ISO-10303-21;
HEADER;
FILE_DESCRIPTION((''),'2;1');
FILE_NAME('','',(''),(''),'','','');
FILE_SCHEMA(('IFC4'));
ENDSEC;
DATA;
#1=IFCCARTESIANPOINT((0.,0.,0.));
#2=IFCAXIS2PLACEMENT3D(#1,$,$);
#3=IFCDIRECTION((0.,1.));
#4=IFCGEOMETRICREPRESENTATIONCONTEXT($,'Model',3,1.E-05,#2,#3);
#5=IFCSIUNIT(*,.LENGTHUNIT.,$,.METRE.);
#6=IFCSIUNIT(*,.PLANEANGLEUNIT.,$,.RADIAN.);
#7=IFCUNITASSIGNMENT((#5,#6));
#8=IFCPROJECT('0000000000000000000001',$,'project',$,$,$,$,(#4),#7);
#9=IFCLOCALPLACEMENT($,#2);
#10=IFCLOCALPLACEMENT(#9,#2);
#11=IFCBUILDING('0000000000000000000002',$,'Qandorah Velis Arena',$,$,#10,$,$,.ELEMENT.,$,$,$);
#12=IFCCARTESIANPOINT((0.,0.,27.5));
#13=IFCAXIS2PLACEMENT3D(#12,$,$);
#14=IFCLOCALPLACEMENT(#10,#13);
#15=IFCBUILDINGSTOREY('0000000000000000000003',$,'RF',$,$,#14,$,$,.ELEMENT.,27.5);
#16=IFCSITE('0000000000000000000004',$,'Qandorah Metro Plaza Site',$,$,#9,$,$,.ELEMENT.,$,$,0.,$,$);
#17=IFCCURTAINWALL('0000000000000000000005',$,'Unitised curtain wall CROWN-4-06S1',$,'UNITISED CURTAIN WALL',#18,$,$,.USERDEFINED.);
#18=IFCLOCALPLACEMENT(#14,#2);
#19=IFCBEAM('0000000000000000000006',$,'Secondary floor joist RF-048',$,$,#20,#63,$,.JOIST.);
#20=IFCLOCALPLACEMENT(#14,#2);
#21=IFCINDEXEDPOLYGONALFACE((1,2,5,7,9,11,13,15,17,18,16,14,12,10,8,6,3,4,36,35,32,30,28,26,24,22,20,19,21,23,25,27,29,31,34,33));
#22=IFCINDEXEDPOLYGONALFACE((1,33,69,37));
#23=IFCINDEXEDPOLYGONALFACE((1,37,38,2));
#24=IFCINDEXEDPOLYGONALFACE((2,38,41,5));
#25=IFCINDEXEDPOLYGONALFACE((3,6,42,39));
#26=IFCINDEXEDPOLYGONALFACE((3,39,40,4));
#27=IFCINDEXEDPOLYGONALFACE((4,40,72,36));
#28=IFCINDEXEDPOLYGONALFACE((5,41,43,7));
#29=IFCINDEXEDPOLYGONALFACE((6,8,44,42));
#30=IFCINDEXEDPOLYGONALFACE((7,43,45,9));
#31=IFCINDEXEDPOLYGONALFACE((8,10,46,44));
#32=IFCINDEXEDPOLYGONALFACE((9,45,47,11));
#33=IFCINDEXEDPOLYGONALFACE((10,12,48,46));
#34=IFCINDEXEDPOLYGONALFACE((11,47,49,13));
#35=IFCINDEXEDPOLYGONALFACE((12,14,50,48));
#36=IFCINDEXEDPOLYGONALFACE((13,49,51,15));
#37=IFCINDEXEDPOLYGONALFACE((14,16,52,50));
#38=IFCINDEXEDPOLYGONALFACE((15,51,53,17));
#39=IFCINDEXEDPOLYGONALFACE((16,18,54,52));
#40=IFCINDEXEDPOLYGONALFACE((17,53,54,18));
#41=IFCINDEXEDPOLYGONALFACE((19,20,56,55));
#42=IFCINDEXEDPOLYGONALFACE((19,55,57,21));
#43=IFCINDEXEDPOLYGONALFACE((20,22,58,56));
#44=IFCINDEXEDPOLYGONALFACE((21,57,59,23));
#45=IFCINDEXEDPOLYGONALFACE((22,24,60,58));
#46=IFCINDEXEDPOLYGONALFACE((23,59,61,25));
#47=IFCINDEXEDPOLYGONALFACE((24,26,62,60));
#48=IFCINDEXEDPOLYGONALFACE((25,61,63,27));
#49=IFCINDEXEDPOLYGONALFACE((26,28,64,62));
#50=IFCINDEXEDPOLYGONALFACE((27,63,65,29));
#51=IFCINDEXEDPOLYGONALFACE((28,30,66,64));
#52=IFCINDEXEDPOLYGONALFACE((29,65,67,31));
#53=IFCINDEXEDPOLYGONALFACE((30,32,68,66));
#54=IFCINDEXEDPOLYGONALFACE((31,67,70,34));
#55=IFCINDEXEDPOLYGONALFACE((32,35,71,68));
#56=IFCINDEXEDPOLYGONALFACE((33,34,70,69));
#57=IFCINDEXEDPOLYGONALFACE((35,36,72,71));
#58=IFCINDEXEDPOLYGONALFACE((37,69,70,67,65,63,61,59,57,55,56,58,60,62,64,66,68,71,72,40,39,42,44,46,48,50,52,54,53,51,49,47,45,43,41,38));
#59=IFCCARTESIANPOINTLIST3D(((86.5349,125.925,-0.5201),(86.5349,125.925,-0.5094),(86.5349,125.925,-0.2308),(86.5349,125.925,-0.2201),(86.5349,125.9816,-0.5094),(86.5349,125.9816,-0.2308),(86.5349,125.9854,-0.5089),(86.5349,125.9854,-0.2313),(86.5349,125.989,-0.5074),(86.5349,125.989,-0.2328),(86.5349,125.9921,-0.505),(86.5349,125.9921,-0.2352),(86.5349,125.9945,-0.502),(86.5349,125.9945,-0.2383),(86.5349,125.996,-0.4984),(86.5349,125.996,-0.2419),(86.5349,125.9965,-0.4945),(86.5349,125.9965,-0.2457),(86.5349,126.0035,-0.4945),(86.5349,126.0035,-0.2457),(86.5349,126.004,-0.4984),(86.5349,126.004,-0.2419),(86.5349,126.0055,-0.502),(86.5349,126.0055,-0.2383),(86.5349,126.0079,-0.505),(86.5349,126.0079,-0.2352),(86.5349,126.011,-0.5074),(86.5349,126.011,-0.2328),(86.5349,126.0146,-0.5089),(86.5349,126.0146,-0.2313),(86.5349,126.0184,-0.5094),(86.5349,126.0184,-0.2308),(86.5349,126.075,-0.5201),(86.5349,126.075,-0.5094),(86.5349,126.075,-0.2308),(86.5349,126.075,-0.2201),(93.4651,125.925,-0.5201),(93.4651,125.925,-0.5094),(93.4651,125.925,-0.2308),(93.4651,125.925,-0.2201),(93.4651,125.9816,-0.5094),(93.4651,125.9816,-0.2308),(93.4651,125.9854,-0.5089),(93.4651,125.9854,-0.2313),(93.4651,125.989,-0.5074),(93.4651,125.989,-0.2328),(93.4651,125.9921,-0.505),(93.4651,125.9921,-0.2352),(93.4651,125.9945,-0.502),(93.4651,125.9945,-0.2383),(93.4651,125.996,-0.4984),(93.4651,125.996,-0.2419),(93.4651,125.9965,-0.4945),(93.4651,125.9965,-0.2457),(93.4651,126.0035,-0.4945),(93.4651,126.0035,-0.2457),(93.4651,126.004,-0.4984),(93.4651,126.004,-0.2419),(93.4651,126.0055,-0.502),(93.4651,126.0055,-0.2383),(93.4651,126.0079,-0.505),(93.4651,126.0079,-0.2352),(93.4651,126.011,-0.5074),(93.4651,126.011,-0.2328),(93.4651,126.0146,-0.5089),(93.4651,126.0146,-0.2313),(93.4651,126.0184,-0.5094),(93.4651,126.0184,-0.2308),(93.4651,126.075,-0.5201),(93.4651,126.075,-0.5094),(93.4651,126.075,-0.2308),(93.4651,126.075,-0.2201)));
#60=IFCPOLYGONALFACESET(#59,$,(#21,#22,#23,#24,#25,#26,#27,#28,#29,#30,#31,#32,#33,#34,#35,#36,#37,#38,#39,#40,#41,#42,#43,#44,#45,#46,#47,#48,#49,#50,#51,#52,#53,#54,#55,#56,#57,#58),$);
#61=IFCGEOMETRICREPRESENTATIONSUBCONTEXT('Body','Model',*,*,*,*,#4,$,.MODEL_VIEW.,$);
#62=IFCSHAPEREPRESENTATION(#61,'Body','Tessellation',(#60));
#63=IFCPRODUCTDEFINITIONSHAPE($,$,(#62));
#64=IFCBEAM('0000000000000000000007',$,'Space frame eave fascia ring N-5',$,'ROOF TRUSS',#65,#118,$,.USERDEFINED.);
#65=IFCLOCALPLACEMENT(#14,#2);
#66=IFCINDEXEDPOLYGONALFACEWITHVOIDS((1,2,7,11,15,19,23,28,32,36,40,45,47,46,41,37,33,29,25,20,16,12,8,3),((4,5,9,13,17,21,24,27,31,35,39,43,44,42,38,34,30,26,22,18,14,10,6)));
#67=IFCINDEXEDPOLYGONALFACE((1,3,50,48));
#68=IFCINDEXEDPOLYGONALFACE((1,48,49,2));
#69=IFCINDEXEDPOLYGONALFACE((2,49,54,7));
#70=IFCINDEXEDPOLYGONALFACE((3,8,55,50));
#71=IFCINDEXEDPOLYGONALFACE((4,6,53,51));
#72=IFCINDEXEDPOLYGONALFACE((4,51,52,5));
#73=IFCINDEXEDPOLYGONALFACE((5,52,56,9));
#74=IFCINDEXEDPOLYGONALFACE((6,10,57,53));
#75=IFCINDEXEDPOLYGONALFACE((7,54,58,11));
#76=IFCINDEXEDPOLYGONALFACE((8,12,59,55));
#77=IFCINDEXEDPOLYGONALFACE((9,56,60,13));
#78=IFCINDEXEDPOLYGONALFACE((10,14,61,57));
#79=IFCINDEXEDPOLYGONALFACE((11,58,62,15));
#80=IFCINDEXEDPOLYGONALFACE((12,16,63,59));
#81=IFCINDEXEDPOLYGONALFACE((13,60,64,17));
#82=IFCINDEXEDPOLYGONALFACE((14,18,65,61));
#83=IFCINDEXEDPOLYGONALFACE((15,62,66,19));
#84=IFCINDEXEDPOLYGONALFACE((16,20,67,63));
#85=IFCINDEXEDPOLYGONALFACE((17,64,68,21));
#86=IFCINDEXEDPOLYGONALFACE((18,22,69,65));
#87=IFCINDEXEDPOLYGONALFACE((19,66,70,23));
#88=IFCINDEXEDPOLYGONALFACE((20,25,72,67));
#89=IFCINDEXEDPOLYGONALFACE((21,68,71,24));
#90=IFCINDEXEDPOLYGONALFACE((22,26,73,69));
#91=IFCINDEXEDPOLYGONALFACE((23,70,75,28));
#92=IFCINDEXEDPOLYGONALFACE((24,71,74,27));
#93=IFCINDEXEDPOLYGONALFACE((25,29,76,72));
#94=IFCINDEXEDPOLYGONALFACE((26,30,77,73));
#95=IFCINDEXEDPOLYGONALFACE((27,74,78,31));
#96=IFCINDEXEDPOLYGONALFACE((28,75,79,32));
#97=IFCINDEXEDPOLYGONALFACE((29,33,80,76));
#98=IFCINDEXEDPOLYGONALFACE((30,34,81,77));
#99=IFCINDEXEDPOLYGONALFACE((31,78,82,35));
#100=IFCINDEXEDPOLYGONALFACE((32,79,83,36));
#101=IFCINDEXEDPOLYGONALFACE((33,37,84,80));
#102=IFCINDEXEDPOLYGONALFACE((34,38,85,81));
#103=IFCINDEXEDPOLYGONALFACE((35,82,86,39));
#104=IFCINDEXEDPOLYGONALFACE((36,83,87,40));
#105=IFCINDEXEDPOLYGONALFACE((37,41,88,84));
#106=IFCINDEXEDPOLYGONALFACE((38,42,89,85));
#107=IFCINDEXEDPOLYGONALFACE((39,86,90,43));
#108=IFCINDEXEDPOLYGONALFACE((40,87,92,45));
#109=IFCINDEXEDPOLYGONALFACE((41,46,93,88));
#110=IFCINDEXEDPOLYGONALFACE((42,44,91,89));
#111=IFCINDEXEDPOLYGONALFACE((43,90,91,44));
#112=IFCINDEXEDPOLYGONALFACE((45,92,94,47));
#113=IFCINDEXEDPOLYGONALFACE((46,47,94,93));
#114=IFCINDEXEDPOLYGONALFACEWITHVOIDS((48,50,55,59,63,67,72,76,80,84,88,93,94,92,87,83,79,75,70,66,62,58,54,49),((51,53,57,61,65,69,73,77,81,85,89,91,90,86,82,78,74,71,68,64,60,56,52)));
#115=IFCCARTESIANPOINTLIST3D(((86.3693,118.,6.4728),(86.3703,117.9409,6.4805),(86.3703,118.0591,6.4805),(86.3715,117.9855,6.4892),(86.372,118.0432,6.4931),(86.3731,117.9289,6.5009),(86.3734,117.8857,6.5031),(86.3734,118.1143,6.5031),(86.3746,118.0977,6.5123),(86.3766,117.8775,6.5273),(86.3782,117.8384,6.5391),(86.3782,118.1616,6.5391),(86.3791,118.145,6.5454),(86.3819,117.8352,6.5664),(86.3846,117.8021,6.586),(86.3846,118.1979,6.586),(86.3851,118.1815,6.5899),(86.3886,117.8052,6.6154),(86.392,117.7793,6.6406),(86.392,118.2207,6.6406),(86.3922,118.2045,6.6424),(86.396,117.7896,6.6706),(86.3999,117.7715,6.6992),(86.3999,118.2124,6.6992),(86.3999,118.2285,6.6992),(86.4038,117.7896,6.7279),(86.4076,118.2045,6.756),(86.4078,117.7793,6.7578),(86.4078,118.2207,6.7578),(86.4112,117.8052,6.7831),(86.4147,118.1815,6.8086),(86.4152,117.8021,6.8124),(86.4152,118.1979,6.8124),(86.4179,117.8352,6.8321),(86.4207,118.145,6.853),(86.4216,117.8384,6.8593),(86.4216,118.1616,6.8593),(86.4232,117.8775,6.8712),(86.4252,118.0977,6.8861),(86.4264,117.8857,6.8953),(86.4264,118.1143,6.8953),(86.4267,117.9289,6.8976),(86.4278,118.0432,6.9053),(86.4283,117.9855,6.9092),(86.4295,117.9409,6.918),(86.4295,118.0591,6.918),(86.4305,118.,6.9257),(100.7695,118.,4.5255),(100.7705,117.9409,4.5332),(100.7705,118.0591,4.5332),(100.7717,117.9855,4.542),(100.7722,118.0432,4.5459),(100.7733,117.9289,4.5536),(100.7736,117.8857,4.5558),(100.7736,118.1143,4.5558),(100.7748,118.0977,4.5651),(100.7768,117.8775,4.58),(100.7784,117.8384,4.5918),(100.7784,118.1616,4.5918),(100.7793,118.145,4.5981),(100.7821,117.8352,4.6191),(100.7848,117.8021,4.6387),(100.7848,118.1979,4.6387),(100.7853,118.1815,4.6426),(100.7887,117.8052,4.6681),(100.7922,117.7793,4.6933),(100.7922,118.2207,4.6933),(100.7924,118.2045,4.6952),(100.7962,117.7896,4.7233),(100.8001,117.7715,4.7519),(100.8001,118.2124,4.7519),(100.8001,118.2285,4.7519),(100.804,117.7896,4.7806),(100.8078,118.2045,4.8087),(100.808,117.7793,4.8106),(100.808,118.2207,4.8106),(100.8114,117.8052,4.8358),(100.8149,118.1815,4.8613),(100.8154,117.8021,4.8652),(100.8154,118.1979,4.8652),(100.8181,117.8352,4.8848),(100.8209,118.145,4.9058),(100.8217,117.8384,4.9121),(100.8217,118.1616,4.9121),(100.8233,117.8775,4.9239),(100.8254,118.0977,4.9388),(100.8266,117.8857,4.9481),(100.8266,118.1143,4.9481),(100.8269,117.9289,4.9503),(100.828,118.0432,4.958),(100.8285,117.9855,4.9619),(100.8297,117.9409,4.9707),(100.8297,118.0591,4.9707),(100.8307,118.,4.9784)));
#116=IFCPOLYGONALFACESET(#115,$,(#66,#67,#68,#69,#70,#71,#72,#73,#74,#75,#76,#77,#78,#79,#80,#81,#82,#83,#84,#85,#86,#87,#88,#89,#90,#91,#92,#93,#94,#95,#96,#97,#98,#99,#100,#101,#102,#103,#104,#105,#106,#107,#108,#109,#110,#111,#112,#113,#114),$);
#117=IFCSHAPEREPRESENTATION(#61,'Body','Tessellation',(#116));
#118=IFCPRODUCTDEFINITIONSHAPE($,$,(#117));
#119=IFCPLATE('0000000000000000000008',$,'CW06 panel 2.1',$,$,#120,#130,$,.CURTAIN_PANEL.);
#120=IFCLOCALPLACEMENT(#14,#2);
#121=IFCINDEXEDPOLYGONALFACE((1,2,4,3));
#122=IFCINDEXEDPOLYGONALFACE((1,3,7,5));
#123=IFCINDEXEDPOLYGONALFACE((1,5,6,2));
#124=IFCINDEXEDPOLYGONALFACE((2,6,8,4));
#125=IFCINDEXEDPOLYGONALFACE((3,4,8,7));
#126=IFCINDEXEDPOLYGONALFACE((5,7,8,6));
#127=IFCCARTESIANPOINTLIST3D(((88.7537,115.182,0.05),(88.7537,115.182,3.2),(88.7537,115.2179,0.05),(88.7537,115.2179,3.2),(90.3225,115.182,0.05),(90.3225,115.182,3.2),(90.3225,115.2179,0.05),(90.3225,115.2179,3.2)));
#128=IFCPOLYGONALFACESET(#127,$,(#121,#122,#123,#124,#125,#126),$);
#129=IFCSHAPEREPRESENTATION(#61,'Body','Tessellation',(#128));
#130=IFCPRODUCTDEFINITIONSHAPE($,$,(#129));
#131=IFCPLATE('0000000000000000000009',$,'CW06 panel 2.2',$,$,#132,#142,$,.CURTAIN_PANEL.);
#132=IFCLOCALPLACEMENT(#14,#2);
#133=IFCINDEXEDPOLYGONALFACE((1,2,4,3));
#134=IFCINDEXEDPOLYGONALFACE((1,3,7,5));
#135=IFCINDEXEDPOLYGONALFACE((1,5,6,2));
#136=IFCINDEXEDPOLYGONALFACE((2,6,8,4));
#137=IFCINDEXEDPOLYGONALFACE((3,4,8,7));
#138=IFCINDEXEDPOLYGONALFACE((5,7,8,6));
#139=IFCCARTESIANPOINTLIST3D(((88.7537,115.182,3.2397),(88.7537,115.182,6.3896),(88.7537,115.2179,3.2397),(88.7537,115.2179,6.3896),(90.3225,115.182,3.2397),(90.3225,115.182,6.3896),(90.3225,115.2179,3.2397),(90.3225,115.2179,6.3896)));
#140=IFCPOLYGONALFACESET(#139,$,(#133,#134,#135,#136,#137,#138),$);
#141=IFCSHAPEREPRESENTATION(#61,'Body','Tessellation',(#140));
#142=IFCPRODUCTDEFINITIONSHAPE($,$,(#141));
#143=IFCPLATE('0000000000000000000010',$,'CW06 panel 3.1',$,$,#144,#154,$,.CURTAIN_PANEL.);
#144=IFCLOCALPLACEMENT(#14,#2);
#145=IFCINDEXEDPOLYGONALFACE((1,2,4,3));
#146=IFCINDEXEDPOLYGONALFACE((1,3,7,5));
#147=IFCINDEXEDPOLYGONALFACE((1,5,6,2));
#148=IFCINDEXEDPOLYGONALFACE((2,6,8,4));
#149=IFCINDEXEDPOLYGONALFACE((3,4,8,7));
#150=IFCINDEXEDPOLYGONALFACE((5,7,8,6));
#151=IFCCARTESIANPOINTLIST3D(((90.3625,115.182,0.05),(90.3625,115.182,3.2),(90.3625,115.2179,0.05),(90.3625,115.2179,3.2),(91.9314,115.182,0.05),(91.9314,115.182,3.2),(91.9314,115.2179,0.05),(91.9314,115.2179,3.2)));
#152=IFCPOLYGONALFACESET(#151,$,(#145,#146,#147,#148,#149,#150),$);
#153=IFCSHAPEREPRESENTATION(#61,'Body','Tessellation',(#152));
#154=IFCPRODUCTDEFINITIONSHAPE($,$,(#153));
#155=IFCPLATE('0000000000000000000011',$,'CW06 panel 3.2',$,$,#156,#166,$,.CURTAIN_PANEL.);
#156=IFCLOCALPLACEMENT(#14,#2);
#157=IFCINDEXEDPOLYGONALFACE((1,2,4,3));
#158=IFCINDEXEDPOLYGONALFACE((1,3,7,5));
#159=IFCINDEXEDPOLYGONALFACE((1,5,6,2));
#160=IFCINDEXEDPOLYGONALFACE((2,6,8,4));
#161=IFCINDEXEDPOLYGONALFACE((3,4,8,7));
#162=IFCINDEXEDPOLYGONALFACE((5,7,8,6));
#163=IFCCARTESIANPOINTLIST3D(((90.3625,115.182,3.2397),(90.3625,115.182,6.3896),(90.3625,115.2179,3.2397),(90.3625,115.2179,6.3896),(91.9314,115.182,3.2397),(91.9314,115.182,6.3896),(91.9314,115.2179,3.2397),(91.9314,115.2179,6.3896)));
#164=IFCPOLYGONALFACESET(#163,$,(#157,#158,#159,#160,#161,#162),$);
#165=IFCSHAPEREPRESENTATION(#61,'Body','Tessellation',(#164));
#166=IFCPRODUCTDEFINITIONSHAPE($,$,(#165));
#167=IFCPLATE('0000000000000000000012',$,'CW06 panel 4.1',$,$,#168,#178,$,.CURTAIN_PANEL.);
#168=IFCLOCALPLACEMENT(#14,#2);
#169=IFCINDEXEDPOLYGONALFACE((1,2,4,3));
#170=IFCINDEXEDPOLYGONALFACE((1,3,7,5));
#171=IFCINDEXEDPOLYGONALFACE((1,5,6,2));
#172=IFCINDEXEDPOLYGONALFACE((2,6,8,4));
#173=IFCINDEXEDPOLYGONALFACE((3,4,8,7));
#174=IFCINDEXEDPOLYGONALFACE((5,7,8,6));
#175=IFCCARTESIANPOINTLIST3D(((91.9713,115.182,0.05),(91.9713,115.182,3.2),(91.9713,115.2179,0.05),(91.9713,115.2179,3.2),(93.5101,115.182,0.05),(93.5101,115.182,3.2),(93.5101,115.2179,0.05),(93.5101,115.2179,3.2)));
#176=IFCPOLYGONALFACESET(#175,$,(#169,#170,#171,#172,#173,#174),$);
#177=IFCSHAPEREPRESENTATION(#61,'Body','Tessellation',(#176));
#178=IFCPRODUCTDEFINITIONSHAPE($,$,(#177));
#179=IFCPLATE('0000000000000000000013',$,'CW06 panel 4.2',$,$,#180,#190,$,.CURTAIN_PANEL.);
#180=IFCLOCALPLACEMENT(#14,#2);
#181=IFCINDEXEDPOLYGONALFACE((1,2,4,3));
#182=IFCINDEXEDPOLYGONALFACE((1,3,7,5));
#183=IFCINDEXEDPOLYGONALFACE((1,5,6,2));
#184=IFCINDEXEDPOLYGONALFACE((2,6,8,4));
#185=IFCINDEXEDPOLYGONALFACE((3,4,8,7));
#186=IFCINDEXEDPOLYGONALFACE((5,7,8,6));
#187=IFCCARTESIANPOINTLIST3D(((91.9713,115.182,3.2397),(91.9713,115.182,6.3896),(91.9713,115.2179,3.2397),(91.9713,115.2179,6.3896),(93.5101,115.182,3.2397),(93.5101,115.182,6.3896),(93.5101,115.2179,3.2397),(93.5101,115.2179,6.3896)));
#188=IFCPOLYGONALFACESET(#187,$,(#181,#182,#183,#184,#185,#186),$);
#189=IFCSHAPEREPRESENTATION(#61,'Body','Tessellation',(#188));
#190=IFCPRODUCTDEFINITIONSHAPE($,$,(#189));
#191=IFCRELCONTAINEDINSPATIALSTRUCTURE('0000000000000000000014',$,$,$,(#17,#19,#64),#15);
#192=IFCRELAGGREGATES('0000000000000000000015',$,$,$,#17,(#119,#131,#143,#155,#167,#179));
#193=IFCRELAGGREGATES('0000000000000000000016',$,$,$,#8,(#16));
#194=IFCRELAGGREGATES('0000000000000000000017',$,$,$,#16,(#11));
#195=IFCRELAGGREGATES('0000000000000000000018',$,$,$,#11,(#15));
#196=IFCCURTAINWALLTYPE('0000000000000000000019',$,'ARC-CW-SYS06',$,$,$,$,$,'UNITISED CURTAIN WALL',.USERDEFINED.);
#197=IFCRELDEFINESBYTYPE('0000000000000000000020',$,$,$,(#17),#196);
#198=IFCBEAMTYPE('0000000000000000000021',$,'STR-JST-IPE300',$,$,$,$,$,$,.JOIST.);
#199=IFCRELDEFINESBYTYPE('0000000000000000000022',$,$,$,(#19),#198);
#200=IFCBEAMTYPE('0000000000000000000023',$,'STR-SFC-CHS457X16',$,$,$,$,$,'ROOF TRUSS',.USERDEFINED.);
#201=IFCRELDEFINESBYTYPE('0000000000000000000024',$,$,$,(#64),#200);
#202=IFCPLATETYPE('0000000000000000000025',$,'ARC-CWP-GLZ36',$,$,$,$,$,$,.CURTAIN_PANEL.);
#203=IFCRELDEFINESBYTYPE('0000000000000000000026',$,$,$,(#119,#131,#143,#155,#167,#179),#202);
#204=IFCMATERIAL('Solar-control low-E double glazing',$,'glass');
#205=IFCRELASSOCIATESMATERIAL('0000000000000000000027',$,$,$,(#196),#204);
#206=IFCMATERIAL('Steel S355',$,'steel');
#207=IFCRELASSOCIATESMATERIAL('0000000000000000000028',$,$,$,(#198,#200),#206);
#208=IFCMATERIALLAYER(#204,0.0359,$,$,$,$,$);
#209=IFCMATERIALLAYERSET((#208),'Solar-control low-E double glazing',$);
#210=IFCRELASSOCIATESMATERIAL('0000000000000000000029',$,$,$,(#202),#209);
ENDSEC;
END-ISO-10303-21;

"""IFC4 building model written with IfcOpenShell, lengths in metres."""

from ifc_helpers import new_model, si_unit, direction, frame, origin, origin_2d, place, context, subcontext, project, spatial, rectangle, hollow_circle, i_section, extrude, material, layer, layer_set, material_profile, profile_set, type_object, element, aggregate, save


model = new_model("IFC4")

# Units and contexts
model_context = context("Model", 3, precision=1e-05, world=origin(), true_north=direction((0.0, 1.0)))
body_context = subcontext(model_context, "Body", "Model", "MODEL_VIEW")
ifc_project = project(units=[si_unit("LENGTHUNIT", "METRE"), si_unit("PLANEANGLEUNIT", "RADIAN")], contexts=[model_context])

# Site, building, storey
site_placement = place(None, origin())
site = spatial("IfcSite", under=ifc_project, at=site_placement, Name="Qandorah Metro Plaza Site", CompositionType="ELEMENT", RefElevation=0.0)
building_placement = place(site_placement, origin())
building = spatial("IfcBuilding", under=site, at=building_placement, Name="Qandorah Velis Arena", CompositionType="ELEMENT")
storey_placement = place(building_placement, frame((0.0, 0.0, 27.5)))
storey = spatial("IfcBuildingStorey", under=building, at=storey_placement, Name="RF", CompositionType="ELEMENT", Elevation=27.5)

# Curtain wall
ifc_material_1 = material(Name="Solar-control low-E double glazing", Category="glass")
curtain_wall_type = type_object("IfcCurtainWallType", Name="ARC-CW-SYS06", ElementType="UNITISED CURTAIN WALL", PredefinedType="USERDEFINED", material=ifc_material_1)
curtain_wall_placement = place(storey_placement, origin())
curtain_wall = element("IfcCurtainWall", 1, at=curtain_wall_placement, inside=storey, type_object=curtain_wall_type, Name="Unitised curtain wall CROWN-4-06S1", ObjectType="UNITISED CURTAIN WALL", PredefinedType="USERDEFINED")

# Beams
ifc_material_2 = material(Name="Steel S355", Category="steel")
ifc_material_profile_1 = material_profile(ifc_material_2, i_section(OverallWidth=0.1499, OverallDepth=0.3, WebThickness=0.0071, FlangeThickness=0.0107, FilletRadius=0.0149, at=origin_2d()), Name="IPE 300")
ifc_profile_set_1 = profile_set([ifc_material_profile_1], Name="Steel S355")
beam_type_1 = type_object("IfcBeamType", Name="STR-JST-IPE300", PredefinedType="JOIST", material=ifc_profile_set_1)
for number, where, z_axis, x_axis, name in (
    (2, (86.5349, 126.0, -0.3701), (1.0, 0.0, 0.0), (0.0, 1.0, 0.0), "Secondary floor joist RF-048"),
):
    element("IfcBeam", number, at=place(storey_placement, frame(where, z_axis=z_axis, x_axis=x_axis)), inside=storey, type_object=beam_type_1, Name=name, PredefinedType="JOIST", context=body_context, shape_type="SweptSolid", body=[
        extrude(i_section(OverallWidth=0.1499, OverallDepth=0.3, WebThickness=0.0071, FlangeThickness=0.0107, FilletRadius=0.0149, at=origin_2d()), origin(), (0.0, 0.0, 1.0), 6.9302),
    ])
ifc_material_profile_2 = material_profile(ifc_material_2, hollow_circle(Radius=0.2285, WallThickness=0.0161, at=origin_2d()), Name="CHS 457x16")
ifc_profile_set_2 = profile_set([ifc_material_profile_2], Name="Steel S355")
beam_type_2 = type_object("IfcBeamType", Name="STR-SFC-CHS457X16", ElementType="ROOF TRUSS", PredefinedType="USERDEFINED", material=ifc_profile_set_2)
beam_1_placement = place(storey_placement, frame((86.3999, 118.0, 6.6992), z_axis=(0.990981, 0.0, -0.134006), x_axis=(0.0, 1.0, 0.0)))
element("IfcBeam", 3, at=beam_1_placement, inside=storey, type_object=beam_type_2, Name="Space frame eave fascia ring N-5", ObjectType="ROOF TRUSS", PredefinedType="USERDEFINED", context=body_context, shape_type="SweptSolid", body=[
    extrude(hollow_circle(Radius=0.2285, WallThickness=0.0161, at=origin_2d()), origin(), (0.0, 0.0, 1.0), 14.5312),
])

# Plates
ifc_layer_1 = layer(ifc_material_1, 0.0359)
ifc_layer_set_1 = layer_set([ifc_layer_1], Name="Solar-control low-E double glazing")
plate_type = type_object("IfcPlateType", Name="ARC-CWP-GLZ36", PredefinedType="CURTAIN_PANEL", material=ifc_layer_set_1)
plate_1_placement = place(storey_placement, frame((89.5381, 115.2, 0.05), z_axis=(0.0, 0.0, 1.0), x_axis=(1.0, 0.0, 0.0)))
plate_1 = element("IfcPlate", 4, at=plate_1_placement, type_object=plate_type, Name="CW06 panel 2.1", PredefinedType="CURTAIN_PANEL", context=body_context, shape_type="SweptSolid", body=[
    extrude(rectangle(XDim=1.5688, YDim=0.0359, at=origin_2d()), origin(), (0.0, 0.0, 1.0), 3.1499),
])
plate_2_placement = place(storey_placement, frame((89.5381, 115.2, 3.2397), z_axis=(0.0, 0.0, 1.0), x_axis=(1.0, 0.0, 0.0)))
plate_2 = element("IfcPlate", 5, at=plate_2_placement, type_object=plate_type, Name="CW06 panel 2.2", PredefinedType="CURTAIN_PANEL", context=body_context, shape_type="SweptSolid", body=[
    extrude(rectangle(XDim=1.5688, YDim=0.0359, at=origin_2d()), origin(), (0.0, 0.0, 1.0), 3.1499),
])
plate_3_placement = place(storey_placement, frame((91.147, 115.2, 0.05), z_axis=(0.0, 0.0, 1.0), x_axis=(1.0, 0.0, 0.0)))
plate_3 = element("IfcPlate", 6, at=plate_3_placement, type_object=plate_type, Name="CW06 panel 3.1", PredefinedType="CURTAIN_PANEL", context=body_context, shape_type="SweptSolid", body=[
    extrude(rectangle(XDim=1.5688, YDim=0.0359, at=origin_2d()), origin(), (0.0, 0.0, 1.0), 3.1499),
])
plate_4_placement = place(storey_placement, frame((91.147, 115.2, 3.2397), z_axis=(0.0, 0.0, 1.0), x_axis=(1.0, 0.0, 0.0)))
plate_4 = element("IfcPlate", 7, at=plate_4_placement, type_object=plate_type, Name="CW06 panel 3.2", PredefinedType="CURTAIN_PANEL", context=body_context, shape_type="SweptSolid", body=[
    extrude(rectangle(XDim=1.5688, YDim=0.0359, at=origin_2d()), origin(), (0.0, 0.0, 1.0), 3.1499),
])
plate_5_placement = place(storey_placement, frame((92.7407, 115.2, 0.05), z_axis=(0.0, 0.0, 1.0), x_axis=(1.0, 0.0, 0.0)))
plate_5 = element("IfcPlate", 8, at=plate_5_placement, type_object=plate_type, Name="CW06 panel 4.1", PredefinedType="CURTAIN_PANEL", context=body_context, shape_type="SweptSolid", body=[
    extrude(rectangle(XDim=1.5388, YDim=0.0359, at=origin_2d()), origin(), (0.0, 0.0, 1.0), 3.1499),
])
plate_6_placement = place(storey_placement, frame((92.7407, 115.2, 3.2397), z_axis=(0.0, 0.0, 1.0), x_axis=(1.0, 0.0, 0.0)))
plate_6 = element("IfcPlate", 9, at=plate_6_placement, type_object=plate_type, Name="CW06 panel 4.2", PredefinedType="CURTAIN_PANEL", context=body_context, shape_type="SweptSolid", body=[
    extrude(rectangle(XDim=1.5388, YDim=0.0359, at=origin_2d()), origin(), (0.0, 0.0, 1.0), 3.1499),
])
aggregate(curtain_wall, [plate_1, plate_2, plate_3, plate_4, plate_5, plate_6])

save(model, "model.ifc")
